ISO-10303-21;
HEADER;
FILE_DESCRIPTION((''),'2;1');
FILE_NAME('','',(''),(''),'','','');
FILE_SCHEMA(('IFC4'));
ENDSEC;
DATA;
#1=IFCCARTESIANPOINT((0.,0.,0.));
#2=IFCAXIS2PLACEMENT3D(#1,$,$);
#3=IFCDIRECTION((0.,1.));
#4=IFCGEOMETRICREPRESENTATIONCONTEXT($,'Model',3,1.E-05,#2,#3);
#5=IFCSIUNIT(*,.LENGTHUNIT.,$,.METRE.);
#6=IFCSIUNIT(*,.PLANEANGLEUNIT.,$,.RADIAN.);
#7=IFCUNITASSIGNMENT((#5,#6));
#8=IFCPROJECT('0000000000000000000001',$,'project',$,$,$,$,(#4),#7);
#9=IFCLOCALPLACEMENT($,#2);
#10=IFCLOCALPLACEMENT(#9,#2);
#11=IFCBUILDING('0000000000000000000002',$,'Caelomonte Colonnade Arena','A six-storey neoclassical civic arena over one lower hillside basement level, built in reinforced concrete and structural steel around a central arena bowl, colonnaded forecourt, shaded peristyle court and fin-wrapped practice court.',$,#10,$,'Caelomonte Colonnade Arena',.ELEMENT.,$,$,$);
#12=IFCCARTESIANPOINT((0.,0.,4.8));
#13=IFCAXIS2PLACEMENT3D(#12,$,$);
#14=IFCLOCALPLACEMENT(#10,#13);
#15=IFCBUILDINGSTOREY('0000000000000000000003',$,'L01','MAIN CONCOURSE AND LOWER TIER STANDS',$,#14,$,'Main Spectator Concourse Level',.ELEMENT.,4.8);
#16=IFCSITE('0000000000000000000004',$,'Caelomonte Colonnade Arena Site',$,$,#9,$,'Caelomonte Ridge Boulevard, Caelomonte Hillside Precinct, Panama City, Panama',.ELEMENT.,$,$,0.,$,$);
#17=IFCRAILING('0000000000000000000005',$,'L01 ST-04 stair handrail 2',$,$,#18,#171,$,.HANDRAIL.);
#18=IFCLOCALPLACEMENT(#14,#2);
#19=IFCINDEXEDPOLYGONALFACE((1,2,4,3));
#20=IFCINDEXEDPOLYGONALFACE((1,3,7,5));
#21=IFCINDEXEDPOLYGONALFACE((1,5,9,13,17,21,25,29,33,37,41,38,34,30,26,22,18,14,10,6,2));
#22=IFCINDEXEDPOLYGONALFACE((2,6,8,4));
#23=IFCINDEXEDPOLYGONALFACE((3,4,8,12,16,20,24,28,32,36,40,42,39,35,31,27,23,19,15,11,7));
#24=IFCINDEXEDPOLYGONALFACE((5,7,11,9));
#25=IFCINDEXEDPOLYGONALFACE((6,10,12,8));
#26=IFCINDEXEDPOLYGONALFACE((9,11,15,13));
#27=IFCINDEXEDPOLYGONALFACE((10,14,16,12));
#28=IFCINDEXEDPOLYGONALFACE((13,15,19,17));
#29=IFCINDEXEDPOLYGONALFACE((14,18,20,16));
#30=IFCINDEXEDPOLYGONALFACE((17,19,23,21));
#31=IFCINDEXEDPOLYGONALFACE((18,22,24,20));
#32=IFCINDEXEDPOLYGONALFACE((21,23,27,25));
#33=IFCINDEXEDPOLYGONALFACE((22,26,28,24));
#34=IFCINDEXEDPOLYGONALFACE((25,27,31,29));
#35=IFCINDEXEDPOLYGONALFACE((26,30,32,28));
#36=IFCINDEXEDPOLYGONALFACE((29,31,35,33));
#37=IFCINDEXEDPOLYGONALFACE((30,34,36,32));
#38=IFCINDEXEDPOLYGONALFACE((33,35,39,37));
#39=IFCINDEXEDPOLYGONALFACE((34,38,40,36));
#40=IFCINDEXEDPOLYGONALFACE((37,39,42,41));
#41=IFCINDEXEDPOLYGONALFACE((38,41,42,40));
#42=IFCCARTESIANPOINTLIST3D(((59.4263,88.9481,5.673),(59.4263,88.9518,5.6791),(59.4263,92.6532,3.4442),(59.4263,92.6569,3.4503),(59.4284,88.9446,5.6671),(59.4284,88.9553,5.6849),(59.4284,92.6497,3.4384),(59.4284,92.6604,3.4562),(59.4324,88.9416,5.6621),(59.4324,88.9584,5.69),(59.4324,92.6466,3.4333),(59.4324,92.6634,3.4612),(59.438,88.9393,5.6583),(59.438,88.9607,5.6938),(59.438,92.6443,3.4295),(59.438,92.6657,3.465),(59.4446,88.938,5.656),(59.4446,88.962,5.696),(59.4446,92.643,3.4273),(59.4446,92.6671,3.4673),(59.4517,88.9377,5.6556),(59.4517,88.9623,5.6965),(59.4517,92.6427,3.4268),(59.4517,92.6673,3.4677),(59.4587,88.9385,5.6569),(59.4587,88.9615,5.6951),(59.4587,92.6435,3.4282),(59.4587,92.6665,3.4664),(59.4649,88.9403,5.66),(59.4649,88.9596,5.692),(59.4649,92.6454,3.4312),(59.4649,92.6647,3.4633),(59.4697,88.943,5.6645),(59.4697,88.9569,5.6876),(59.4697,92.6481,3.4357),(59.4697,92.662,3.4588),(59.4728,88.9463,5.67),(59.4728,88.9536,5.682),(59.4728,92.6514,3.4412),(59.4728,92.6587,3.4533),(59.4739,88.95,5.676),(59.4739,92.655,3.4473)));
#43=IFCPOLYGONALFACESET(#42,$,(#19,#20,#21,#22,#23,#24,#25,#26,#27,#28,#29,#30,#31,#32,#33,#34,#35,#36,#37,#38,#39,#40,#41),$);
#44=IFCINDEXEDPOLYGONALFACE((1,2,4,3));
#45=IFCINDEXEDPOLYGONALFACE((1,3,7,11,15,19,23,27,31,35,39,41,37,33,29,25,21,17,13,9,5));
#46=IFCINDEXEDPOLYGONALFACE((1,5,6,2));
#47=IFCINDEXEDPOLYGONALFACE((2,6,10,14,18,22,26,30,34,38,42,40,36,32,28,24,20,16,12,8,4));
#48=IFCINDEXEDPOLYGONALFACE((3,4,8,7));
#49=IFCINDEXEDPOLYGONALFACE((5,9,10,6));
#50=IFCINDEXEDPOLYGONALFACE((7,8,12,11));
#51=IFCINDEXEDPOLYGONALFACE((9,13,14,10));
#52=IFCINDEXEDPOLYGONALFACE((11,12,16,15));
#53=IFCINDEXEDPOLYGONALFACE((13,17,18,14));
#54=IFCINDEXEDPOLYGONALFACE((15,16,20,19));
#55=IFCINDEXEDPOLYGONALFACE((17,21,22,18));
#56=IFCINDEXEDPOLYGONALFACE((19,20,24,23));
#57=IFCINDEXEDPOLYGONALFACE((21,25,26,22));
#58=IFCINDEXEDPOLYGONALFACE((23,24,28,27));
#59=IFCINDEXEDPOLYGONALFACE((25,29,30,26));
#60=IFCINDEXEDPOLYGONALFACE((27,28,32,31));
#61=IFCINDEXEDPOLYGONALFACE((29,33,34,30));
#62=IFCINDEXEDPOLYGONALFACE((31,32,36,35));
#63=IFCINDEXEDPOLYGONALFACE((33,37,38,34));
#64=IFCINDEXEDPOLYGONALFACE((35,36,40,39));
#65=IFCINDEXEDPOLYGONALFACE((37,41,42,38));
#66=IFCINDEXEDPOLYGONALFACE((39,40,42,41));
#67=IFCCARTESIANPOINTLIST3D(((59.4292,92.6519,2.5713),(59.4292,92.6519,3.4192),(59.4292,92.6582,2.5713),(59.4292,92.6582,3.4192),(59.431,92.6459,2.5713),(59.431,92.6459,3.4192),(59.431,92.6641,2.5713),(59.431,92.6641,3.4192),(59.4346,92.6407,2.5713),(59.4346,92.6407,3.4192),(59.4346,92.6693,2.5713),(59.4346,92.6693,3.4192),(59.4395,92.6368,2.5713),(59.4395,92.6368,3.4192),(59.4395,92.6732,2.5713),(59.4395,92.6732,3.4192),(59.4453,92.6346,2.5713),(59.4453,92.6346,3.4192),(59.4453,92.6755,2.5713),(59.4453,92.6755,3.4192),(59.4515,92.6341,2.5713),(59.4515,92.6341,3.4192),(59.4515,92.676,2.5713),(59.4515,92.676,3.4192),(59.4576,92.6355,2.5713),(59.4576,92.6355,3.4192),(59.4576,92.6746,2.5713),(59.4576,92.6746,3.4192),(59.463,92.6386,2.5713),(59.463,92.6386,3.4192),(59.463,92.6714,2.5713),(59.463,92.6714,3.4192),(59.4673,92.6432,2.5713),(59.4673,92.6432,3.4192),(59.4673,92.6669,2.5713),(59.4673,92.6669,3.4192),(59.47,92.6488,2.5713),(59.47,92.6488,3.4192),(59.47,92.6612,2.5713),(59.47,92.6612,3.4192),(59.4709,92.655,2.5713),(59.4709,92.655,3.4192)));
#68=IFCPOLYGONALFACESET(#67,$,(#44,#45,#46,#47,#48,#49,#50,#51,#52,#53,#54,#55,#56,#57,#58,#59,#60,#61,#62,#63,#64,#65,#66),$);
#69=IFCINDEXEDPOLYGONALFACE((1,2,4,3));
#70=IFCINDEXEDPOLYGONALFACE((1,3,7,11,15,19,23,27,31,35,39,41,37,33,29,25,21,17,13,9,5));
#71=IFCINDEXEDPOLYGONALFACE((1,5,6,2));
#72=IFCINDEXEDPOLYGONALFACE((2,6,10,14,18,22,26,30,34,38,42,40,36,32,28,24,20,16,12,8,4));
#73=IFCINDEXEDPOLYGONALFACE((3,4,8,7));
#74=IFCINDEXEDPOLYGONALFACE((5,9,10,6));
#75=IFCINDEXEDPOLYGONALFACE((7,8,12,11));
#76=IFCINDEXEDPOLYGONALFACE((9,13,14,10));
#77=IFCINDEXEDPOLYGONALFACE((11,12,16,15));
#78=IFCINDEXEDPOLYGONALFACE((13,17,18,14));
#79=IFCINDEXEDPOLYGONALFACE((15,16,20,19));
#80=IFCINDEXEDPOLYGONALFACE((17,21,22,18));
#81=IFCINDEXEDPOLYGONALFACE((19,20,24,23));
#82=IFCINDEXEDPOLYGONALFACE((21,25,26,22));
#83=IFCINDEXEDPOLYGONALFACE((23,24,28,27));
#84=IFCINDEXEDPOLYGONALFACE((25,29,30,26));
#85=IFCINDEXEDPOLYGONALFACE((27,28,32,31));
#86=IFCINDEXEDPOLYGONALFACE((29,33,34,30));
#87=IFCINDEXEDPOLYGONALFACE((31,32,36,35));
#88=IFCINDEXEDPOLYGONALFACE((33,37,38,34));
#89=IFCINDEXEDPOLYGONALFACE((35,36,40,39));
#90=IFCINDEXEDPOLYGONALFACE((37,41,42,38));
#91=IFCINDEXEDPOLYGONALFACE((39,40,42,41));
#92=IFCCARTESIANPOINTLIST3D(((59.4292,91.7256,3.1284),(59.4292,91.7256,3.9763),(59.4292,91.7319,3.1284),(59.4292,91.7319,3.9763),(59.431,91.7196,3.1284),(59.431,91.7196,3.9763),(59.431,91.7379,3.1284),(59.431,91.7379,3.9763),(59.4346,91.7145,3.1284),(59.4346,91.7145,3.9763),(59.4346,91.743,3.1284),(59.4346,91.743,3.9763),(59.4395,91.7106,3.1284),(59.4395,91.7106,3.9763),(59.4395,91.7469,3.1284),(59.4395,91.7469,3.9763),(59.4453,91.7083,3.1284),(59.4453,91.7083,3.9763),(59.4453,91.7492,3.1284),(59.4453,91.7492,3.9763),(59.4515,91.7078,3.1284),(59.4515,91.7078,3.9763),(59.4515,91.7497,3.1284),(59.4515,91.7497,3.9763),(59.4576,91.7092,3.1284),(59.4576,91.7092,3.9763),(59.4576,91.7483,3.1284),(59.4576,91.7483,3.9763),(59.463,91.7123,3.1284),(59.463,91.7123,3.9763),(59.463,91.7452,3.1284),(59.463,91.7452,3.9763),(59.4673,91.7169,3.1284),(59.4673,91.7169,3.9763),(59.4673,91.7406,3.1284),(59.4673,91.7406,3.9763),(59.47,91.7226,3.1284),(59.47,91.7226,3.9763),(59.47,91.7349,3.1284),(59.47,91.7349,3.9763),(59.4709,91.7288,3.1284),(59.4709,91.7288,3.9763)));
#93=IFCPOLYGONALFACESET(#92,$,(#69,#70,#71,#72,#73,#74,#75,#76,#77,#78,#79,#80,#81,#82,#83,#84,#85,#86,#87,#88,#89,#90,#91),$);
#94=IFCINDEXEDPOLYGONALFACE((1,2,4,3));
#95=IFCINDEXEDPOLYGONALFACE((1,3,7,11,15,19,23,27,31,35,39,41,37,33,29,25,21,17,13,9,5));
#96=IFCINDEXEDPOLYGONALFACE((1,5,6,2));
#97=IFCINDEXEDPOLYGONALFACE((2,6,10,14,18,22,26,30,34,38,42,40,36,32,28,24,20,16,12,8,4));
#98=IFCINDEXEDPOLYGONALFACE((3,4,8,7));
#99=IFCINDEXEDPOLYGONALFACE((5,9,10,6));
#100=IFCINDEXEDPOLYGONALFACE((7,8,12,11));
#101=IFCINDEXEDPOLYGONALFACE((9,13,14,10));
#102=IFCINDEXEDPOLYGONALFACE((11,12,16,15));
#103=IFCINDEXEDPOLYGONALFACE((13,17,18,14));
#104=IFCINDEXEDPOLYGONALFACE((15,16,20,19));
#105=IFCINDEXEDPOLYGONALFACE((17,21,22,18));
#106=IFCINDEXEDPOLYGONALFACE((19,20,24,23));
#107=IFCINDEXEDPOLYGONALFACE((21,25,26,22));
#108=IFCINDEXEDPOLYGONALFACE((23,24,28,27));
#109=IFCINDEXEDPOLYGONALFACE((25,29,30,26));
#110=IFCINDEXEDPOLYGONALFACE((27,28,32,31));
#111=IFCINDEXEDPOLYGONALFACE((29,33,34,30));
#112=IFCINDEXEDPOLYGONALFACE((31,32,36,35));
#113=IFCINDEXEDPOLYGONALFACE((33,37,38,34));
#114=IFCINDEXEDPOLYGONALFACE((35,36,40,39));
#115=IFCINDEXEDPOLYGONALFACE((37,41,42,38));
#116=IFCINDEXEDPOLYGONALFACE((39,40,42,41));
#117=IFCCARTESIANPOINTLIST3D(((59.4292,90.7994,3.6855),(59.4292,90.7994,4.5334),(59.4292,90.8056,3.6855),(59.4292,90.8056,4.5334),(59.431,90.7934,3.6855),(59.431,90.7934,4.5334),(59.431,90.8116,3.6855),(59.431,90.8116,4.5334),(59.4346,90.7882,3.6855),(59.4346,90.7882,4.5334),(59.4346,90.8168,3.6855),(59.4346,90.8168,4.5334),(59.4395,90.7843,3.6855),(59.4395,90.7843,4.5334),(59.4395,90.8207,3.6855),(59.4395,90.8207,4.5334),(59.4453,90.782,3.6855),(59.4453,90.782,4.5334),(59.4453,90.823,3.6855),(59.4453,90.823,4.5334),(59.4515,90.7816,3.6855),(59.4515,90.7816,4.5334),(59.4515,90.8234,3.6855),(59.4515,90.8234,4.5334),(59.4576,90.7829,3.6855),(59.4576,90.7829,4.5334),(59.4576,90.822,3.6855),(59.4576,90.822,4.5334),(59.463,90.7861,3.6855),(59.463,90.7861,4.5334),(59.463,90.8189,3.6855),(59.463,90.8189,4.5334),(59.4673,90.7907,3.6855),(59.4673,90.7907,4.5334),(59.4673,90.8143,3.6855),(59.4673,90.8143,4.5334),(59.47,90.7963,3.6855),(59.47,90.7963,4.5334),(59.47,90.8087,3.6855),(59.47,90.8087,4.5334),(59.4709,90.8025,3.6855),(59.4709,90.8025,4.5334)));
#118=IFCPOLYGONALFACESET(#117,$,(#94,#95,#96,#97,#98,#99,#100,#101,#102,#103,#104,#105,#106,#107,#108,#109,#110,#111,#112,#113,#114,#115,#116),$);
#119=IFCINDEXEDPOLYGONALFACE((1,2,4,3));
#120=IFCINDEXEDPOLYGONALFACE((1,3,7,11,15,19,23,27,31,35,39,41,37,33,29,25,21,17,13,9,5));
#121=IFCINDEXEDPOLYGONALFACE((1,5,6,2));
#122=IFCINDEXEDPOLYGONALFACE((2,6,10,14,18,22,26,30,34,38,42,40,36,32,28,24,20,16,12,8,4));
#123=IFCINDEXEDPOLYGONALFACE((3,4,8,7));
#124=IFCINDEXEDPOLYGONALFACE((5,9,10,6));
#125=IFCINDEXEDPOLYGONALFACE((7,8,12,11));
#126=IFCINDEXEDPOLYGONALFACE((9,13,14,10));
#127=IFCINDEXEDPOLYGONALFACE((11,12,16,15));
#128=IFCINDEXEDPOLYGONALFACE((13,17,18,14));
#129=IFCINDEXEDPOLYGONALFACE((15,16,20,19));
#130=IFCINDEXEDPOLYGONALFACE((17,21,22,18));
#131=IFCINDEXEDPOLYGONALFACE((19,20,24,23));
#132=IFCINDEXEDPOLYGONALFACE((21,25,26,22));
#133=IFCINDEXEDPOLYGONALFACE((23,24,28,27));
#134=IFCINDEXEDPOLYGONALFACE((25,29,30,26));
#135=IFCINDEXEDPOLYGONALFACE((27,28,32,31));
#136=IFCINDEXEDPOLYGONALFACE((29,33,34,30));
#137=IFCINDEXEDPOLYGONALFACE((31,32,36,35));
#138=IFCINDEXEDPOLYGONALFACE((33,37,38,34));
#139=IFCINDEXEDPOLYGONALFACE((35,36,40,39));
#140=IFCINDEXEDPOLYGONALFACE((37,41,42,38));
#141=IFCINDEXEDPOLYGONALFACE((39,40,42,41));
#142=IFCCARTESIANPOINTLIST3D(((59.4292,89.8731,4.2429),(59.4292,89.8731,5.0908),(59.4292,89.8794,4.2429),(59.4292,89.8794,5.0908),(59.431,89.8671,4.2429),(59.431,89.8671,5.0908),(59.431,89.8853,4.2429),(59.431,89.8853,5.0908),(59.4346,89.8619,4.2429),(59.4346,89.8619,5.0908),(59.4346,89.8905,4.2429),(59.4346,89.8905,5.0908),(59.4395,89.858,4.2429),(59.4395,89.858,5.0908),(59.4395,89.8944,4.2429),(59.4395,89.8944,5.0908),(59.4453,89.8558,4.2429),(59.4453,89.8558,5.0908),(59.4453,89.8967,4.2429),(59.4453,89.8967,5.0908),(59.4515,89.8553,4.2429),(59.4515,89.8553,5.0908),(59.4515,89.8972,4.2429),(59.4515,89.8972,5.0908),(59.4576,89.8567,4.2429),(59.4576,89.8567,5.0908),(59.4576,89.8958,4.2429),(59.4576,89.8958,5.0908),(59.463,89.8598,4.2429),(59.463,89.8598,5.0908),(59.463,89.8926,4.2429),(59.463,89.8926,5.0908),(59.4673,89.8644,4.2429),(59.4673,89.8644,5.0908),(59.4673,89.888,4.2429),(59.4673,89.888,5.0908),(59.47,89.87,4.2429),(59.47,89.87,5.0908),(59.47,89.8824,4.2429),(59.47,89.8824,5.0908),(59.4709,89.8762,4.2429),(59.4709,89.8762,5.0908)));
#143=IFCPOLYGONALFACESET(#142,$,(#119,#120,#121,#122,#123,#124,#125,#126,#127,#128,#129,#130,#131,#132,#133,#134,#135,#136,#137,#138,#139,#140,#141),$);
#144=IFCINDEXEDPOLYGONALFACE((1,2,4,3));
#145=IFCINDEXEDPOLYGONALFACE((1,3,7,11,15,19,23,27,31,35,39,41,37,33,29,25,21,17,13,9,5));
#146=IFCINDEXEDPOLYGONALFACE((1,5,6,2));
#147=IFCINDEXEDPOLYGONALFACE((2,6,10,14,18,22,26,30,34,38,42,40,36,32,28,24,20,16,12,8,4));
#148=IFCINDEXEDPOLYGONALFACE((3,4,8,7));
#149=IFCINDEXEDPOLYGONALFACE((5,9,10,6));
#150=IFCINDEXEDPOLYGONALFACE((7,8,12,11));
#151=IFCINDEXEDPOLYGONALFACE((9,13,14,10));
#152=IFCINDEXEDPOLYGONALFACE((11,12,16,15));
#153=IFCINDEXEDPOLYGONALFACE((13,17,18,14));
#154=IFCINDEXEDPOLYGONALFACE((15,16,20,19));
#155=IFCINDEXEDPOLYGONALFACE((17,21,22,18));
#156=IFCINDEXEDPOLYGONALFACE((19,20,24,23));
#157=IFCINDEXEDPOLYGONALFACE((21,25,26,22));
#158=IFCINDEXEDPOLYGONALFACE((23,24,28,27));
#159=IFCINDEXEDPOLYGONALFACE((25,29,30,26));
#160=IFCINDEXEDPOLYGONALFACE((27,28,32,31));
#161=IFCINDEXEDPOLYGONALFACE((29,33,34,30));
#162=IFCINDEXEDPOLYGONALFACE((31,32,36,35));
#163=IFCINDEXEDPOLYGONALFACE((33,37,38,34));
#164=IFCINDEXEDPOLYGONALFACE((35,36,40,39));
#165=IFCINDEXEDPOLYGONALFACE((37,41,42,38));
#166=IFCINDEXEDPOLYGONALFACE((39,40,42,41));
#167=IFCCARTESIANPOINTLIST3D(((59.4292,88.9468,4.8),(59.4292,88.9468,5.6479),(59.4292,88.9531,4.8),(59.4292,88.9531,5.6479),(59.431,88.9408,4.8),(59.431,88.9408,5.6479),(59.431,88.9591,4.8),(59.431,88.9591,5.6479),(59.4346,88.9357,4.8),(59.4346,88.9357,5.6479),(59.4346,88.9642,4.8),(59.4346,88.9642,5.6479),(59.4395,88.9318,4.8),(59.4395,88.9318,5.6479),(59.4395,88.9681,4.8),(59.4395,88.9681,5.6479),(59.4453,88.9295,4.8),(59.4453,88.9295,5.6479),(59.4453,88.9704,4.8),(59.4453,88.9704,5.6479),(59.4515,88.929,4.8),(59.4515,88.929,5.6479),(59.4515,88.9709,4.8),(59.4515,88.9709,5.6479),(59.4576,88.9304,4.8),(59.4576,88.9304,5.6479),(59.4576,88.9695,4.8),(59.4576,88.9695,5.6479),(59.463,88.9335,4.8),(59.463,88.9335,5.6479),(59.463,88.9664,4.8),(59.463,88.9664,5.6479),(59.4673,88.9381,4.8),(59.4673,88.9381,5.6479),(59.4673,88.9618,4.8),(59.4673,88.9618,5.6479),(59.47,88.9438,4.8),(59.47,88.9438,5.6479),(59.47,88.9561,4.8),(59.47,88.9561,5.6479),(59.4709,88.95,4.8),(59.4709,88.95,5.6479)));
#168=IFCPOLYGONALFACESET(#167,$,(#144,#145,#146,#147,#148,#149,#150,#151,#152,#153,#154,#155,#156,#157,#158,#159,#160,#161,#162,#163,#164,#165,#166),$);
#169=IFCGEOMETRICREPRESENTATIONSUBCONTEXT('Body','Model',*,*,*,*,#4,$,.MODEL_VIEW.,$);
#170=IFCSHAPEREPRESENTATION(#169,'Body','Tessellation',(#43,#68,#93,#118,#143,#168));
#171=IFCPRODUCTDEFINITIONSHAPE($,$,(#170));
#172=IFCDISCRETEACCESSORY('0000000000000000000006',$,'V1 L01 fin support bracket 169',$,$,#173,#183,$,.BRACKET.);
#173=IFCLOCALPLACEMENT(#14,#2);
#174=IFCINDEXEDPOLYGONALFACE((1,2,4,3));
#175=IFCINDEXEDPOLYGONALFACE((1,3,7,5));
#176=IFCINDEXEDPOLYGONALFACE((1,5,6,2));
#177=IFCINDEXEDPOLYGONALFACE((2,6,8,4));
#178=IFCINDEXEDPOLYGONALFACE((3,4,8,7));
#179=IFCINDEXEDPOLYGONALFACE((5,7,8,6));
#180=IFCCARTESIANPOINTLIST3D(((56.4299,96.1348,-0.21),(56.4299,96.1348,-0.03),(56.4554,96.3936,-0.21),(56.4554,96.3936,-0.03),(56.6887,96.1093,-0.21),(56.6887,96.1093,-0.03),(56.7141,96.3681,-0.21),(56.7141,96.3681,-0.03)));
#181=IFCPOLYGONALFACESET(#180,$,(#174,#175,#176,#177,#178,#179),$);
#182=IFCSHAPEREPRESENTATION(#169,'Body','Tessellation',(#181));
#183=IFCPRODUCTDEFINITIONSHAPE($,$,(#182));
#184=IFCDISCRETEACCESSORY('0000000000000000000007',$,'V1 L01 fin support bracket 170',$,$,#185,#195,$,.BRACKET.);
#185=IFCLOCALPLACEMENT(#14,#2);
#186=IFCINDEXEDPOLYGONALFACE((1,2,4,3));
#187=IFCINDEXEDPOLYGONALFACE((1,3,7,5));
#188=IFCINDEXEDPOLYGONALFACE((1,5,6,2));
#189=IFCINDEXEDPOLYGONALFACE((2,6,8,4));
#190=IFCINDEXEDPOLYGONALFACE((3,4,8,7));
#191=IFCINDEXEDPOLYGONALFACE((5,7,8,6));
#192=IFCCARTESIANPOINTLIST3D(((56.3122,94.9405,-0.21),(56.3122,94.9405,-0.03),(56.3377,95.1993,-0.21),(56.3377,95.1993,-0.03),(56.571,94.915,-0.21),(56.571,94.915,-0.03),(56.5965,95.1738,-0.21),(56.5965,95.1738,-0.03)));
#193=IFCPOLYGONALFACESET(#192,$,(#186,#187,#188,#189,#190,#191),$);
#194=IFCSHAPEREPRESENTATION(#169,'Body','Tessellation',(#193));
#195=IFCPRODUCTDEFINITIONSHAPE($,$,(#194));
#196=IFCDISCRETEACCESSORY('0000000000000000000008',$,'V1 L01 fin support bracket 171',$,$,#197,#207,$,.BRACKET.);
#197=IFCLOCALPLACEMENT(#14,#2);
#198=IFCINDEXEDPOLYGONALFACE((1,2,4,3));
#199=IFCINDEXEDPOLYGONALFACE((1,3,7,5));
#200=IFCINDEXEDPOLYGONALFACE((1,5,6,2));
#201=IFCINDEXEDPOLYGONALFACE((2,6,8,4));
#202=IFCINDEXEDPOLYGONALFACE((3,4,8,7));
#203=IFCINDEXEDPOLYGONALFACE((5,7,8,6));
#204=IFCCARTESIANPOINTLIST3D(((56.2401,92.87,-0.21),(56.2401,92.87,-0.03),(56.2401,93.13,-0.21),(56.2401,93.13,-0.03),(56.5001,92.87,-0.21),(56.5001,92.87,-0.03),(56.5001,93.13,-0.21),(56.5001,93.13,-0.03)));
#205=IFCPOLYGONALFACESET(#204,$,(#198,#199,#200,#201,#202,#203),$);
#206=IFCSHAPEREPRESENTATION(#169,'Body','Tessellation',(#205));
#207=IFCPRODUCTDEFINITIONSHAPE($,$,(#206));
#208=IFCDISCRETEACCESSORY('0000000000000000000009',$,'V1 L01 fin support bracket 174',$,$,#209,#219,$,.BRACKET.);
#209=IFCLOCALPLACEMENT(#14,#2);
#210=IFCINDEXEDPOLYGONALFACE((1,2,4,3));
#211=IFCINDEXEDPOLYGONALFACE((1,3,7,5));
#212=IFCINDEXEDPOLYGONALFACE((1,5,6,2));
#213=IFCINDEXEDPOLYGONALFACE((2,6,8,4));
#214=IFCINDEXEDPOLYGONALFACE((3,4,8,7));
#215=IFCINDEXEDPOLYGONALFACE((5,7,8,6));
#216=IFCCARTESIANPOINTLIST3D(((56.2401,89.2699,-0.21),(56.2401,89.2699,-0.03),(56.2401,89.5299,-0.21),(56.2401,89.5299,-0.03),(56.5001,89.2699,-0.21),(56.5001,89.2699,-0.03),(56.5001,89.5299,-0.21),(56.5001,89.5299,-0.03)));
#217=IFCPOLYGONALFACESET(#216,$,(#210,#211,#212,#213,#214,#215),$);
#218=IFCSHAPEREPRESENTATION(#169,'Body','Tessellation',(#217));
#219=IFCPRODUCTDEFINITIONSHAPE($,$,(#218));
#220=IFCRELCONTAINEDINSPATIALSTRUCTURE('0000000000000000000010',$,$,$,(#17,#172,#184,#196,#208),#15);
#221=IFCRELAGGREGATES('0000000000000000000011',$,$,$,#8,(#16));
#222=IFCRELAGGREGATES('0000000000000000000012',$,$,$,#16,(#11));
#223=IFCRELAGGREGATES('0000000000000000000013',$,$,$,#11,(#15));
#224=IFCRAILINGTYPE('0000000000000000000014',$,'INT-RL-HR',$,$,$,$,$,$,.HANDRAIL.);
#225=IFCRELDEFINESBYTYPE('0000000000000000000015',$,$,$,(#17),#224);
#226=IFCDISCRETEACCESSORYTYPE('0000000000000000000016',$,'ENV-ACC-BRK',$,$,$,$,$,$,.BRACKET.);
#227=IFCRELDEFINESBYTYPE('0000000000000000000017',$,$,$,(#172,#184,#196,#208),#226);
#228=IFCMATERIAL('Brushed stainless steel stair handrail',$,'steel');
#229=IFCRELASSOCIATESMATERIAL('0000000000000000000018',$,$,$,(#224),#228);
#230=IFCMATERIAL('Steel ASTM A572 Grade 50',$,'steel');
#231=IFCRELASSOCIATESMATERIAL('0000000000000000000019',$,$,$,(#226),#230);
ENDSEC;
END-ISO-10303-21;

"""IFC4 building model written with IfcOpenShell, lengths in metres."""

from ifc_helpers import new_model, si_unit, direction, frame, origin, origin_2d, place, context, subcontext, project, spatial, rectangle, circle, extrude, material, type_object, element, save


model = new_model("IFC4")

# Units and contexts
model_context = context("Model", 3, precision=1e-05, world=origin(), true_north=direction((0.0, 1.0)))
body_context = subcontext(model_context, "Body", "Model", "MODEL_VIEW")
ifc_project = project(units=[si_unit("LENGTHUNIT", "METRE"), si_unit("PLANEANGLEUNIT", "RADIAN")], contexts=[model_context])

# Site, building, storey
site_placement = place(None, origin())
site = spatial("IfcSite", under=ifc_project, at=site_placement, Name="Caelomonte Colonnade Arena Site", LongName="Caelomonte Ridge Boulevard, Caelomonte Hillside Precinct, Panama City, Panama", CompositionType="ELEMENT", RefElevation=0.0)
building_placement = place(site_placement, origin())
building = spatial("IfcBuilding", under=site, at=building_placement, Name="Caelomonte Colonnade Arena", Description="A six-storey neoclassical civic arena over one lower hillside basement level, built in reinforced concrete and structural steel around a central arena bowl, colonnaded forecourt, shaded peristyle court and fin-wrapped practice court.", LongName="Caelomonte Colonnade Arena", CompositionType="ELEMENT")
storey_placement = place(building_placement, frame((0.0, 0.0, 4.8)))
storey = spatial("IfcBuildingStorey", under=building, at=storey_placement, Name="L01", Description="MAIN CONCOURSE AND LOWER TIER STANDS", LongName="Main Spectator Concourse Level", CompositionType="ELEMENT", Elevation=4.8)

# Railing
ifc_material_1 = material(Name="Brushed stainless steel stair handrail", Category="steel")
railing_type_1 = type_object("IfcRailingType", Name="INT-RL-HR", PredefinedType="HANDRAIL", material=ifc_material_1)
railing_1_placement = place(storey_placement, frame((59.45, 92.655, 2.5713)))
element("IfcRailing", 1, at=railing_1_placement, inside=storey, type_object=railing_type_1, Name="L01 ST-04 stair handrail 2", PredefinedType="HANDRAIL", context=body_context, shape_type="SweptSolid", body=[
    extrude(circle(Radius=0.0239, at=origin_2d()), frame((0.0, 0.0, 0.876), z_axis=(0.0, -0.856909, 0.515467), x_axis=(1.0, 0.0, 0.0)), (0.0, 0.0, 1.0), 4.3237),
    extrude(circle(Radius=0.021, at=origin_2d()), origin(), (0.0, 0.0, 1.0), 0.8479),
    extrude(circle(Radius=0.021, at=origin_2d()), frame((0.0, -0.9263, 0.5571)), (0.0, 0.0, 1.0), 0.8479),
    extrude(circle(Radius=0.021, at=origin_2d()), frame((0.0, -1.8525, 1.1143)), (0.0, 0.0, 1.0), 0.8479),
    extrude(circle(Radius=0.021, at=origin_2d()), frame((0.0, -2.7788, 1.6716)), (0.0, 0.0, 1.0), 0.8479),
    extrude(circle(Radius=0.021, at=origin_2d()), frame((0.0, -3.7051, 2.2288)), (0.0, 0.0, 1.0), 0.8479),
])

# Discrete accessories
ifc_material_2 = material(Name="Steel ASTM A572 Grade 50", Category="steel")
discrete_accessory_type = type_object("IfcDiscreteAccessoryType", Name="ENV-ACC-BRK", PredefinedType="BRACKET", material=ifc_material_2)
for number, where, z_axis, x_axis, name in (
    (2, (56.572, 96.2515, -0.21), (0.0, 0.0, 1.0), (-0.098015, -0.995185, 0.0), "V1 L01 fin support bracket 169"),
    (3, (56.4543, 95.0571, -0.21), (0.0, 0.0, 1.0), (-0.098015, -0.995185, 0.0), "V1 L01 fin support bracket 170"),
    (4, (56.3701, 93.0, -0.21), (0.0, 0.0, 1.0), (0.0, -1.0, 0.0), "V1 L01 fin support bracket 171"),
    (5, (56.3701, 89.3999, -0.21), (0.0, 0.0, 1.0), (0.0, -1.0, 0.0), "V1 L01 fin support bracket 174"),
):
    element("IfcDiscreteAccessory", number, at=place(storey_placement, frame(where, z_axis=z_axis, x_axis=x_axis)), inside=storey, type_object=discrete_accessory_type, Name=name, PredefinedType="BRACKET", context=body_context, shape_type="SweptSolid", body=[
        extrude(rectangle(XDim=0.26, YDim=0.26, at=origin_2d()), origin(), (0.0, 0.0, 1.0), 0.1799),
    ])

save(model, "model.ifc")
